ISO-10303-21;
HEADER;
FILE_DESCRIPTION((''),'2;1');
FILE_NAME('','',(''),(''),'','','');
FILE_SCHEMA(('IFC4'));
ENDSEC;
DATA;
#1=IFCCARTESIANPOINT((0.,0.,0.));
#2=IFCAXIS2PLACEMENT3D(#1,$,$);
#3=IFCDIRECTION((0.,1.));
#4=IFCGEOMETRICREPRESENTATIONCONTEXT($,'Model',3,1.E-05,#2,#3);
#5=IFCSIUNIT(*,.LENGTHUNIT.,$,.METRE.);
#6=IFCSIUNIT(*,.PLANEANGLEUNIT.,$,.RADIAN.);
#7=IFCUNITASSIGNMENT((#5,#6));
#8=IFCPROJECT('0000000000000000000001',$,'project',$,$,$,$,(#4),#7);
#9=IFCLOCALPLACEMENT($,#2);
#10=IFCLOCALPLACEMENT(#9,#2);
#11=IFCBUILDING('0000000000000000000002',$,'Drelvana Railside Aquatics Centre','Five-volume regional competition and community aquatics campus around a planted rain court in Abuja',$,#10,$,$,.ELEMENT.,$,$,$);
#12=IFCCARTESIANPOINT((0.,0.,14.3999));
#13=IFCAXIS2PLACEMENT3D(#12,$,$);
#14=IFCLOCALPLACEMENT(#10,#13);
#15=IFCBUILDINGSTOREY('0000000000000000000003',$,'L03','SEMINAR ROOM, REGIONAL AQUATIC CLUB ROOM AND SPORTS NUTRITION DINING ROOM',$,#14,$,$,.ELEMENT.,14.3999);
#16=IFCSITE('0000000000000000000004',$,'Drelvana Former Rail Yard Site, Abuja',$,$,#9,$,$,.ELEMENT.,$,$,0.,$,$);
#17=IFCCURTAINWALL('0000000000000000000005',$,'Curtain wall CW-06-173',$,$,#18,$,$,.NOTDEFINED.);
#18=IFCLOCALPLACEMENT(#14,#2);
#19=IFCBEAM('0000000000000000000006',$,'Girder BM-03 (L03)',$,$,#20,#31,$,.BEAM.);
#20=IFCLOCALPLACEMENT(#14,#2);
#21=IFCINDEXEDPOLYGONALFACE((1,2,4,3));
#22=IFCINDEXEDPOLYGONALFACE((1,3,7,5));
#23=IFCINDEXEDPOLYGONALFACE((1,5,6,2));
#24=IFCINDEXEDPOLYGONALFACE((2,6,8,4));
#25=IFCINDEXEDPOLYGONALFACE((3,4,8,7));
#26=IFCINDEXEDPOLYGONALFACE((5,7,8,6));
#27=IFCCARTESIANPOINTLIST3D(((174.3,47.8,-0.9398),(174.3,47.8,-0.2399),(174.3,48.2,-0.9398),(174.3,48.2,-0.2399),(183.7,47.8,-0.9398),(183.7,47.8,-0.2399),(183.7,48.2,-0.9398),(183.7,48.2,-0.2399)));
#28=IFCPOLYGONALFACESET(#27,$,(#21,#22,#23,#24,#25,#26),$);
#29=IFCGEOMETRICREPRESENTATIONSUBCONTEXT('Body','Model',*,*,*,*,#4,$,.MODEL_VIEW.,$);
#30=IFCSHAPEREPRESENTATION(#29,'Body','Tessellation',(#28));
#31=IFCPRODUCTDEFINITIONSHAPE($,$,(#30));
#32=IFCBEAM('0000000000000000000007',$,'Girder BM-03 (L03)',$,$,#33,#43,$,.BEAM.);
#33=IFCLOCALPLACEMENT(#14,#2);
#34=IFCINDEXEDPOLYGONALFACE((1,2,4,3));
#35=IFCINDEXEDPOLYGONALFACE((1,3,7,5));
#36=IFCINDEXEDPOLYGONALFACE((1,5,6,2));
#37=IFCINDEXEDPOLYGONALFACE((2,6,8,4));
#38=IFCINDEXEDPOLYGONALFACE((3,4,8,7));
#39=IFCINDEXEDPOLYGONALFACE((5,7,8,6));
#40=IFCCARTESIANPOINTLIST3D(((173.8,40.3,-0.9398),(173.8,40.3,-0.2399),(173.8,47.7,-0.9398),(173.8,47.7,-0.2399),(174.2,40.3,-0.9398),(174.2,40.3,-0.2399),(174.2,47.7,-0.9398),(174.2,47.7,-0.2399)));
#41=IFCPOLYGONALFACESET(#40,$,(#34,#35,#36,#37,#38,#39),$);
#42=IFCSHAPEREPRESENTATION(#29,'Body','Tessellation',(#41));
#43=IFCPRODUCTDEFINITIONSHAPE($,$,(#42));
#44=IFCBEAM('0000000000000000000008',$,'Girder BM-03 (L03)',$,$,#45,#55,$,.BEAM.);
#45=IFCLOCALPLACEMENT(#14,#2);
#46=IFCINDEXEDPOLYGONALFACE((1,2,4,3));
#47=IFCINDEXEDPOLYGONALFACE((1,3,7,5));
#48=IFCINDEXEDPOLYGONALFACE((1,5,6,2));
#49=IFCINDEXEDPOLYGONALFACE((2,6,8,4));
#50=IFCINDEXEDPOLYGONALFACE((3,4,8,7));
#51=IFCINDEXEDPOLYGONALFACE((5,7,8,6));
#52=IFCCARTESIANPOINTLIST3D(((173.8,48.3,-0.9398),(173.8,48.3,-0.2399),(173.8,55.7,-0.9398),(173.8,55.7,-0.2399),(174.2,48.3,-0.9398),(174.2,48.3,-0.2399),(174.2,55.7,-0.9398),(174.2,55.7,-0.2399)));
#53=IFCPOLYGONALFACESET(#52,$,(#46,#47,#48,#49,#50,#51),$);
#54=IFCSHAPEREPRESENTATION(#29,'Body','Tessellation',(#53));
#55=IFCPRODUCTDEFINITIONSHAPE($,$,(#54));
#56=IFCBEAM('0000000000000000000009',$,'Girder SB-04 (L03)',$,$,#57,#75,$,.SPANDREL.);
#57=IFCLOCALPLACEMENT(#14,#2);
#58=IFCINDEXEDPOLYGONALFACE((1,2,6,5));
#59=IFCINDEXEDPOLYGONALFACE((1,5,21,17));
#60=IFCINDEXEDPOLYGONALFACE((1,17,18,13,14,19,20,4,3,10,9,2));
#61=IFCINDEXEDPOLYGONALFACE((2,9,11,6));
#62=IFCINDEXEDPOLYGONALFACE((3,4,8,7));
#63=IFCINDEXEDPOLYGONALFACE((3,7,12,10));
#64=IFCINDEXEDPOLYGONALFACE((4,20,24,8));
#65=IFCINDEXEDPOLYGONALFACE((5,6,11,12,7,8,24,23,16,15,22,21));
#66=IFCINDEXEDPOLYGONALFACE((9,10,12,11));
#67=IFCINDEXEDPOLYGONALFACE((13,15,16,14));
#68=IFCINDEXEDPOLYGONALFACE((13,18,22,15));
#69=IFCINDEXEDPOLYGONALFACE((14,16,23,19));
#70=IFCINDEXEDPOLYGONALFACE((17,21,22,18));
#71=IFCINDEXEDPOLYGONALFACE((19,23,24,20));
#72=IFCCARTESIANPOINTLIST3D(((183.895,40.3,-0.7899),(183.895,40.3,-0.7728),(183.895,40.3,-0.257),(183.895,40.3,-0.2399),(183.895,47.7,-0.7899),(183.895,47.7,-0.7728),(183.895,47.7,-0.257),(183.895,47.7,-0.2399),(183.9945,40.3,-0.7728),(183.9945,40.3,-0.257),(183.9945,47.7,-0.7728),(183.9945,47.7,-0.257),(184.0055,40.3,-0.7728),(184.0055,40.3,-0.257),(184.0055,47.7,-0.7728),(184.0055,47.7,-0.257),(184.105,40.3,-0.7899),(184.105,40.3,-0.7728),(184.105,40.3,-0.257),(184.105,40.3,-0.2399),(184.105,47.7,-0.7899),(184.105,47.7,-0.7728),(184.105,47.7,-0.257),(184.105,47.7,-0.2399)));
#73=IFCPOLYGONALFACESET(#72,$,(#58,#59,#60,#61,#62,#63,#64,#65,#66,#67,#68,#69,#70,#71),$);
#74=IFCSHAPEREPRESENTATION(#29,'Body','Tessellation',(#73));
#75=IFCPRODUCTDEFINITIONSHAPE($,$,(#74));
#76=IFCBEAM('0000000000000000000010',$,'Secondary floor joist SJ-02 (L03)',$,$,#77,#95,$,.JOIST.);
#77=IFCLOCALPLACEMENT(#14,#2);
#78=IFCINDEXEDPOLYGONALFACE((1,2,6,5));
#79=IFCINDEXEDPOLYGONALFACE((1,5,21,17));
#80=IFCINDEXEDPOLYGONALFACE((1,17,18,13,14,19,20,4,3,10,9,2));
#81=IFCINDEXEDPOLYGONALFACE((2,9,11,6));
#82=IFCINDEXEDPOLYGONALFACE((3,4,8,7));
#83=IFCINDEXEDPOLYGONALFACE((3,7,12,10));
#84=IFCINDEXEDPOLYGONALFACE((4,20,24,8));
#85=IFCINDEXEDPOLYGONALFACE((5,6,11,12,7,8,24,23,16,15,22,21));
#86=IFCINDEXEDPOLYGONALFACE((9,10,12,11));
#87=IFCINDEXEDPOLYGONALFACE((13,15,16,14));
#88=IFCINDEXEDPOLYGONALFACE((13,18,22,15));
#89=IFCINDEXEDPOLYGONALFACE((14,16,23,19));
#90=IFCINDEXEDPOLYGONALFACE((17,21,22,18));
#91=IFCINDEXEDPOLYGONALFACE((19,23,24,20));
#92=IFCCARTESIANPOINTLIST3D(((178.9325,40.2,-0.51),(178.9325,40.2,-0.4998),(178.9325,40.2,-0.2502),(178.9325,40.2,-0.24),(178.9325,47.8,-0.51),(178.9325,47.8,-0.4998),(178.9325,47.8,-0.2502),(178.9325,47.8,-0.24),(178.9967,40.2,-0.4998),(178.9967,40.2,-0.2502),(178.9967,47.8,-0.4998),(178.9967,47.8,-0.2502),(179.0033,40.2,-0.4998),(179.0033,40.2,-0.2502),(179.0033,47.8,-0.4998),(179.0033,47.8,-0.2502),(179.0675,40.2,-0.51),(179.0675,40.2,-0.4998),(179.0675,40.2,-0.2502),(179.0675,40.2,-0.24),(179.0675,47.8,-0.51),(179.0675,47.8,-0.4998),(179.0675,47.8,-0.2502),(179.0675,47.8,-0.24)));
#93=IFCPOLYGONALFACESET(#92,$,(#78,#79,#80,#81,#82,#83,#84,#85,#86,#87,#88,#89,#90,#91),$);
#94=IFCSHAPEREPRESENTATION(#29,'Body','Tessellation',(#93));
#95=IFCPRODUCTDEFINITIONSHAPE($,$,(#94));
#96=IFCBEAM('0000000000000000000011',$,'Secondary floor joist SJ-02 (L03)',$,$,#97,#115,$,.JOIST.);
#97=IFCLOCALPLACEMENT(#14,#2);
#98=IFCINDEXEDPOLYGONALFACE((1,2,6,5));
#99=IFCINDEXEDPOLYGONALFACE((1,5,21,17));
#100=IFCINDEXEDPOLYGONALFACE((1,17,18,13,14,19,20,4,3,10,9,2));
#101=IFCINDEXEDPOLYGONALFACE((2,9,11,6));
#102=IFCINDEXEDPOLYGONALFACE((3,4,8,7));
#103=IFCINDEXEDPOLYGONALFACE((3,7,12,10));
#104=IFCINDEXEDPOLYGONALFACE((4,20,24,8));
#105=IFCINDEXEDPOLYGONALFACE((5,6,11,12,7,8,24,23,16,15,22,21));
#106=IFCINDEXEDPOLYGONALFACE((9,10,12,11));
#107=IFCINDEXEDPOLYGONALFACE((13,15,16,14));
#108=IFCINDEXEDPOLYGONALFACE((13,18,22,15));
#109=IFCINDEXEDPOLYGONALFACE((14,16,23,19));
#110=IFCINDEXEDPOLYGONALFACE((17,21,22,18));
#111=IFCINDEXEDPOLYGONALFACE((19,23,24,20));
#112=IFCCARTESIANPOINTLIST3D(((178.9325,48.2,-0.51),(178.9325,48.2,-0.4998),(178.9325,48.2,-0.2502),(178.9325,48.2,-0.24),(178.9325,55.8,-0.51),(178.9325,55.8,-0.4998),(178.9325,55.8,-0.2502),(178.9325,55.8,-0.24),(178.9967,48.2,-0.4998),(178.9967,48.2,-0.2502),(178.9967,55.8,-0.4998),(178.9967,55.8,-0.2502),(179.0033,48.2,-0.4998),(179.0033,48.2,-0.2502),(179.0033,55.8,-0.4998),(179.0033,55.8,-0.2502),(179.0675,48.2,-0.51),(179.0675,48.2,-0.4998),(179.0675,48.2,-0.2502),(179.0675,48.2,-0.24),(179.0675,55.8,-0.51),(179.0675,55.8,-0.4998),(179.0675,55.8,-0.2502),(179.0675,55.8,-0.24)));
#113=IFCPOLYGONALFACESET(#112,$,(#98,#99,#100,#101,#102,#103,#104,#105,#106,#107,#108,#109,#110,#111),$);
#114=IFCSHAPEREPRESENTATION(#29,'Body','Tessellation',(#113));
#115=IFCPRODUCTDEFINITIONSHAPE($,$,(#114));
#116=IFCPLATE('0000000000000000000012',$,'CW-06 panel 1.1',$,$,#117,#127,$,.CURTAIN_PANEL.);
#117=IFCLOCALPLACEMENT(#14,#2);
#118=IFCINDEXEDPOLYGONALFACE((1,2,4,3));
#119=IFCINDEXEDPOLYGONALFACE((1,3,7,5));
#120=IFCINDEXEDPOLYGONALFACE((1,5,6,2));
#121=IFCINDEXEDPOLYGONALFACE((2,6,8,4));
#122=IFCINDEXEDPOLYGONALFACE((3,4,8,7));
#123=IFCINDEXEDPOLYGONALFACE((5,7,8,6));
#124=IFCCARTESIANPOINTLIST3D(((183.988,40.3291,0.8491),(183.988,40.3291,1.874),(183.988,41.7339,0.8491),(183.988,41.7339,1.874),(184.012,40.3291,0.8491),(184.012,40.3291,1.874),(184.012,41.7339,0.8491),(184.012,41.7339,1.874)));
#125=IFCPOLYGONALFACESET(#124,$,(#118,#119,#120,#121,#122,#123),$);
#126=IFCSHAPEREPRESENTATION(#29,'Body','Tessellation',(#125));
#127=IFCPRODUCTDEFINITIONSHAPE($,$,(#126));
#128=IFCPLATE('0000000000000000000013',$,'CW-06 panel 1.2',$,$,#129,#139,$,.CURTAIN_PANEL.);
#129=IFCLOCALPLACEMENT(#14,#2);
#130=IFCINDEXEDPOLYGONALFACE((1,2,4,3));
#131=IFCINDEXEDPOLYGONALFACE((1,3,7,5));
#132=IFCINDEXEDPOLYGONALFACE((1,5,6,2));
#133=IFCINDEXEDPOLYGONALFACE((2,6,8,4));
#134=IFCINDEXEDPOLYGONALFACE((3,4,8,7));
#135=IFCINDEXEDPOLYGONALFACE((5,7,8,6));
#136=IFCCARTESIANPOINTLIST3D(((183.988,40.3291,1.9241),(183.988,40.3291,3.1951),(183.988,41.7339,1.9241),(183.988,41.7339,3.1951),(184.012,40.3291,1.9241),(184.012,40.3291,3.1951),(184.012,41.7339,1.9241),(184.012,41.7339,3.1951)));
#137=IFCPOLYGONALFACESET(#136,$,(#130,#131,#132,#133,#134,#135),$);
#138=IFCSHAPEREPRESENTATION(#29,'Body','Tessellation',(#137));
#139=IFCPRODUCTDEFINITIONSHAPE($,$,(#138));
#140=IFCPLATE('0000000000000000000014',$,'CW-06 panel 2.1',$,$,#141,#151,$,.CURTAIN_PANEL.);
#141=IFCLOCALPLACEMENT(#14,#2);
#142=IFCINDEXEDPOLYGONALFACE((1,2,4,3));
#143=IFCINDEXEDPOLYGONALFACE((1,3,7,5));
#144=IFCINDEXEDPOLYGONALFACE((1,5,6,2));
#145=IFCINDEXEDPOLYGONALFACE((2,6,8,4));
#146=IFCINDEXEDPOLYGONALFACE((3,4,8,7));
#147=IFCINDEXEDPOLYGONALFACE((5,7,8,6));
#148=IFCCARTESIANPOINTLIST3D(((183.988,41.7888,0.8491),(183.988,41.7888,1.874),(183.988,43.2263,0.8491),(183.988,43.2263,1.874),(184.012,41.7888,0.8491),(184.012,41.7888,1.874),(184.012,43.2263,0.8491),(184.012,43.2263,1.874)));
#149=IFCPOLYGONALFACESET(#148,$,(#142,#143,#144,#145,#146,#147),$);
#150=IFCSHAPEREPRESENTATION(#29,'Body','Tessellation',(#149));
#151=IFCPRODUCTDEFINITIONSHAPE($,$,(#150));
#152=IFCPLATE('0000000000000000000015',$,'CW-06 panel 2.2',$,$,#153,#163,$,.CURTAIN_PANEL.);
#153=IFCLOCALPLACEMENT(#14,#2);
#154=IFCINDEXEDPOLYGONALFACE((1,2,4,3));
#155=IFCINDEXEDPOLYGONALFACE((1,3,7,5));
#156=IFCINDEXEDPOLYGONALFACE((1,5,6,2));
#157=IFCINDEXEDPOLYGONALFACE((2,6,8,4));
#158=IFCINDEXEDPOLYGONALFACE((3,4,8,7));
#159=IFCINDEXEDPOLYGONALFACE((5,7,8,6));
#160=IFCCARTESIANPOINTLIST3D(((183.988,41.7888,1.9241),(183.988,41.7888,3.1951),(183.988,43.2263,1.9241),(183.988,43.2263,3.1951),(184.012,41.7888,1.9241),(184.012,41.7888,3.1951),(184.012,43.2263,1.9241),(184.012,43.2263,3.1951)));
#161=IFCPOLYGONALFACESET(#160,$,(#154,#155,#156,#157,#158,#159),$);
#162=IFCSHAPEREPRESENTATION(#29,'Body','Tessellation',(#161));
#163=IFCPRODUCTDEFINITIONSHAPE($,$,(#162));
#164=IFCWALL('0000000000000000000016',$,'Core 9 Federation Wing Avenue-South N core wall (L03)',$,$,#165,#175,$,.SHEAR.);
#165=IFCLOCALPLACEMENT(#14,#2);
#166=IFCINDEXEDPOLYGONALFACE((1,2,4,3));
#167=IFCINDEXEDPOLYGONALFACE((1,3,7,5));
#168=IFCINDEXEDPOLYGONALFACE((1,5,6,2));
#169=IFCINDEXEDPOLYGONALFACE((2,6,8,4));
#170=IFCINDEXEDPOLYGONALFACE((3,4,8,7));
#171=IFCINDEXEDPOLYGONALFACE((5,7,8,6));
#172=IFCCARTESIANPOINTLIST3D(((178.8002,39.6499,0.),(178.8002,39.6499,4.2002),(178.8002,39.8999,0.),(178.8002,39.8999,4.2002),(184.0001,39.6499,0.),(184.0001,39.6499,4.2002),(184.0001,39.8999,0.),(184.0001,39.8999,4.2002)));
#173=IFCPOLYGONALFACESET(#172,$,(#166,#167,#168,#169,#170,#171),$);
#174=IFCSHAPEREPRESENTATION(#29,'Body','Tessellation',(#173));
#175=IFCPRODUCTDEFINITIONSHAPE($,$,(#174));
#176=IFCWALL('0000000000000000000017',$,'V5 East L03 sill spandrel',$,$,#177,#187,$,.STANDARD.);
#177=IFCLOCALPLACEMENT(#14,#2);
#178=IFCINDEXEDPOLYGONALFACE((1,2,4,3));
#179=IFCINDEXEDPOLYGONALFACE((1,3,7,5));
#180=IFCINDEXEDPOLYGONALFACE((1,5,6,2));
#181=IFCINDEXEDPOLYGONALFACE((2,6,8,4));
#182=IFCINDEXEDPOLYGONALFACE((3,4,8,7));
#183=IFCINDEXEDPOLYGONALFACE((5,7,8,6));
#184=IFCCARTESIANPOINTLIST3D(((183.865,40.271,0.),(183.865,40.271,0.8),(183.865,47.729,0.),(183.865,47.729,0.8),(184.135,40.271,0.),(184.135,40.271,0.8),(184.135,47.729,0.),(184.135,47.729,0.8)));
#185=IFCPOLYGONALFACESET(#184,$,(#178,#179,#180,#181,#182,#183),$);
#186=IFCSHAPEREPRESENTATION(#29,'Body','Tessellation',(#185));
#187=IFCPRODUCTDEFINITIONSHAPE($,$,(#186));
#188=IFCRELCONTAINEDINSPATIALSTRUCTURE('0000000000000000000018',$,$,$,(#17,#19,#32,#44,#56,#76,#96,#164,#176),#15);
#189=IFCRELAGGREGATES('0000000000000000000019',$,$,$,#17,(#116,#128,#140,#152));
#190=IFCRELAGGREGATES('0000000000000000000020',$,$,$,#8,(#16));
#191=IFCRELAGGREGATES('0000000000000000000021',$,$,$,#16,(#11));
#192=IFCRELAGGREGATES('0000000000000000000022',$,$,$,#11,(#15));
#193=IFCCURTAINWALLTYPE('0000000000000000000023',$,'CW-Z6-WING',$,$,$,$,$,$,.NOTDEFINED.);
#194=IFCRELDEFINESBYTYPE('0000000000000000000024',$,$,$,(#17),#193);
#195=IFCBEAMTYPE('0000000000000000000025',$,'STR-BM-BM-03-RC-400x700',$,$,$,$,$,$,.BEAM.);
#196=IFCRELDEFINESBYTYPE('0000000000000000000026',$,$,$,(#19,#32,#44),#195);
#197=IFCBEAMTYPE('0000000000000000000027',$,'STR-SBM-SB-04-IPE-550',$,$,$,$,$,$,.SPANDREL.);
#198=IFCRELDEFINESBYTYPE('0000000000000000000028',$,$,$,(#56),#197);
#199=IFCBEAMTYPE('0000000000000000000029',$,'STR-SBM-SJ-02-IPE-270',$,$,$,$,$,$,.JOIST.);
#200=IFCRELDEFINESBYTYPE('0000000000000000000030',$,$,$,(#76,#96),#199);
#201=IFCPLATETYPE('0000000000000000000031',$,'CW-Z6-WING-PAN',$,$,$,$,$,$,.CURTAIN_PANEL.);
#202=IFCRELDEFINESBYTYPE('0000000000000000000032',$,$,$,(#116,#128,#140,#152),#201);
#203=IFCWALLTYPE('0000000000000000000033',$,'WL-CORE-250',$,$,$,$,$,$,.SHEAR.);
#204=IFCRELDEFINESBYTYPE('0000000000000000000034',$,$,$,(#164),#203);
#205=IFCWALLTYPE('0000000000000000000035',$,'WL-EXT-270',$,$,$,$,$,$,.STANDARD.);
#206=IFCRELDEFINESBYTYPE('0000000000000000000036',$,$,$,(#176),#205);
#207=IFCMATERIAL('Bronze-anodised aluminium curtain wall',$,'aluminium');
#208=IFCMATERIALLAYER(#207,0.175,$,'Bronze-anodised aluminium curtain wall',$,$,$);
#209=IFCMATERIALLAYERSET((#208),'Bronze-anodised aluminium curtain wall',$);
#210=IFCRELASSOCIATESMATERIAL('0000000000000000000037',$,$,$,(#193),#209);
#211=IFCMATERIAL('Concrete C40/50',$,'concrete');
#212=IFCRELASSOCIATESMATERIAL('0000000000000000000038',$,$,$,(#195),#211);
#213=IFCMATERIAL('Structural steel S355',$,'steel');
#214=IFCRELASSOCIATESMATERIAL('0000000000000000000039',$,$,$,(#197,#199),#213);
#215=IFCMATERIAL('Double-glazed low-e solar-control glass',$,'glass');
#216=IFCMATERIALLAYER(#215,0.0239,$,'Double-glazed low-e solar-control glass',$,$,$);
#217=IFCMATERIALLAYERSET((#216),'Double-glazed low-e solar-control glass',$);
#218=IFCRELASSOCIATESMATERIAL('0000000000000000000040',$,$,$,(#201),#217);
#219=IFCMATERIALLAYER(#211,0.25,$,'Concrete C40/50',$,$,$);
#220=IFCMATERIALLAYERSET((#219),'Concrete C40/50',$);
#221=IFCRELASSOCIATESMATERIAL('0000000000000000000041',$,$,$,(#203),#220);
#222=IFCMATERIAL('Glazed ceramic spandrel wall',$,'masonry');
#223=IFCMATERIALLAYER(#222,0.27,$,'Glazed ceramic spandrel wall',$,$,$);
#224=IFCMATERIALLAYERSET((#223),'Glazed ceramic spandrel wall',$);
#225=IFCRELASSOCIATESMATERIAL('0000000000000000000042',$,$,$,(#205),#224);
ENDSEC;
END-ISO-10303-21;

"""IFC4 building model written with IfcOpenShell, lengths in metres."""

from ifc_helpers import new_model, si_unit, direction, frame, frame_2d, origin, origin_2d, place, context, subcontext, project, spatial, rectangle, i_section, extrude, material, layer, layer_set, material_profile, profile_set, type_object, element, aggregate, save


model = new_model("IFC4")

# Units and contexts
model_context = context("Model", 3, precision=1e-05, world=origin(), true_north=direction((0.0, 1.0)))
body_context = subcontext(model_context, "Body", "Model", "MODEL_VIEW")
ifc_project = project(units=[si_unit("LENGTHUNIT", "METRE"), si_unit("PLANEANGLEUNIT", "RADIAN")], contexts=[model_context])

# Site, building, storey
site_placement = place(None, origin())
site = spatial("IfcSite", under=ifc_project, at=site_placement, Name="Drelvana Former Rail Yard Site, Abuja", CompositionType="ELEMENT", RefElevation=0.0)
building_placement = place(site_placement, origin())
building = spatial("IfcBuilding", under=site, at=building_placement, Name="Drelvana Railside Aquatics Centre", Description="Five-volume regional competition and community aquatics campus around a planted rain court in Abuja", CompositionType="ELEMENT")
storey_placement = place(building_placement, frame((0.0, 0.0, 14.3999)))
storey = spatial("IfcBuildingStorey", under=building, at=storey_placement, Name="L03", Description="SEMINAR ROOM, REGIONAL AQUATIC CLUB ROOM AND SPORTS NUTRITION DINING ROOM", CompositionType="ELEMENT", Elevation=14.3999)

# Shared definitions
ifc_material_1 = material(Name="Concrete C40/50", Category="concrete")

# Curtain wall
ifc_material_2 = material(Name="Bronze-anodised aluminium curtain wall", Category="aluminium")
ifc_layer_1 = layer(ifc_material_2, 0.175, Name="Bronze-anodised aluminium curtain wall")
ifc_layer_set_1 = layer_set([ifc_layer_1], Name="Bronze-anodised aluminium curtain wall")
curtain_wall_type = type_object("IfcCurtainWallType", Name="CW-Z6-WING", PredefinedType="NOTDEFINED", material=ifc_layer_set_1)
curtain_wall_placement = place(storey_placement, origin())
curtain_wall = element("IfcCurtainWall", 1, at=curtain_wall_placement, inside=storey, type_object=curtain_wall_type, Name="Curtain wall CW-06-173", PredefinedType="NOTDEFINED")

# Beams
ifc_material_profile_1 = material_profile(ifc_material_1, rectangle(XDim=0.3999, YDim=0.7, at=origin_2d()), Name="RC 400x700")
ifc_profile_set_1 = profile_set([ifc_material_profile_1], Name="Concrete C40/50")
beam_type_1 = type_object("IfcBeamType", Name="STR-BM-BM-03-RC-400x700", PredefinedType="BEAM", material=ifc_profile_set_1)
for number, where, z_axis, x_axis, name in (
    (2, (174.3, 48.0, -0.5898), (1.0, 0.0, 0.0), (0.0, 1.0, 0.0), "Girder BM-03 (L03)"),
):
    element("IfcBeam", number, at=place(storey_placement, frame(where, z_axis=z_axis, x_axis=x_axis)), inside=storey, type_object=beam_type_1, Name=name, PredefinedType="BEAM", context=body_context, shape_type="SweptSolid", body=[
        extrude(rectangle(XDim=0.3999, YDim=0.7, at=origin_2d()), origin(), (0.0, 0.0, 1.0), 9.3999),
    ])
for number, where, z_axis, x_axis, name in (
    (3, (174.0, 40.3, -0.5898), (0.0, 1.0, 0.0), (-1.0, 0.0, 0.0), "Girder BM-03 (L03)"),
    (4, (174.0, 48.3, -0.5898), (0.0, 1.0, 0.0), (-1.0, 0.0, 0.0), "Girder BM-03 (L03)"),
):
    element("IfcBeam", number, at=place(storey_placement, frame(where, z_axis=z_axis, x_axis=x_axis)), inside=storey, type_object=beam_type_1, Name=name, PredefinedType="BEAM", context=body_context, shape_type="SweptSolid", body=[
        extrude(rectangle(XDim=0.3999, YDim=0.7, at=origin_2d()), origin(), (0.0, 0.0, 1.0), 7.3999),
    ])
ifc_material_3 = material(Name="Structural steel S355", Category="steel")
ifc_material_profile_2 = material_profile(ifc_material_3, i_section(OverallWidth=0.21, OverallDepth=0.55, WebThickness=0.011, FlangeThickness=0.0171, at=origin_2d()), Name="IPE 550")
ifc_profile_set_2 = profile_set([ifc_material_profile_2], Name="Structural steel S355")
beam_type_2 = type_object("IfcBeamType", Name="STR-SBM-SB-04-IPE-550", PredefinedType="SPANDREL", material=ifc_profile_set_2)
beam_1_placement = place(storey_placement, frame((184.0, 40.3, -0.5149), z_axis=(0.0, 1.0, 0.0), x_axis=(-1.0, 0.0, 0.0)))
element("IfcBeam", 5, at=beam_1_placement, inside=storey, type_object=beam_type_2, Name="Girder SB-04 (L03)", PredefinedType="SPANDREL", context=body_context, shape_type="SweptSolid", body=[
    extrude(i_section(OverallWidth=0.21, OverallDepth=0.55, WebThickness=0.011, FlangeThickness=0.0171, at=origin_2d()), origin(), (0.0, 0.0, 1.0), 7.3999),
])
ifc_material_profile_3 = material_profile(ifc_material_3, i_section(OverallWidth=0.135, OverallDepth=0.27, WebThickness=0.0066, FlangeThickness=0.0103, at=origin_2d()), Name="IPE 270")
ifc_profile_set_3 = profile_set([ifc_material_profile_3], Name="Structural steel S355")
beam_type_3 = type_object("IfcBeamType", Name="STR-SBM-SJ-02-IPE-270", PredefinedType="JOIST", material=ifc_profile_set_3)
for number, where, z_axis, x_axis, name in (
    (6, (179.0, 40.2, -0.375), (0.0, 1.0, 0.0), (-1.0, 0.0, 0.0), "Secondary floor joist SJ-02 (L03)"),
    (7, (179.0, 48.2, -0.375), (0.0, 1.0, 0.0), (-1.0, 0.0, 0.0), "Secondary floor joist SJ-02 (L03)"),
):
    element("IfcBeam", number, at=place(storey_placement, frame(where, z_axis=z_axis, x_axis=x_axis)), inside=storey, type_object=beam_type_3, Name=name, PredefinedType="JOIST", context=body_context, shape_type="SweptSolid", body=[
        extrude(i_section(OverallWidth=0.135, OverallDepth=0.27, WebThickness=0.0066, FlangeThickness=0.0103, at=origin_2d()), origin(), (0.0, 0.0, 1.0), 7.6001),
    ])

# Plates
ifc_material_4 = material(Name="Double-glazed low-e solar-control glass", Category="glass")
ifc_layer_2 = layer(ifc_material_4, 0.0239, Name="Double-glazed low-e solar-control glass")
ifc_layer_set_2 = layer_set([ifc_layer_2], Name="Double-glazed low-e solar-control glass")
plate_type = type_object("IfcPlateType", Name="CW-Z6-WING-PAN", PredefinedType="CURTAIN_PANEL", material=ifc_layer_set_2)
plate_1_placement = place(storey_placement, frame((184.0, 41.0315, 0.8491), z_axis=(0.0, 0.0, 1.0), x_axis=(0.0, 1.0, 0.0)))
plate_1 = element("IfcPlate", 8, at=plate_1_placement, type_object=plate_type, Name="CW-06 panel 1.1", PredefinedType="CURTAIN_PANEL", context=body_context, shape_type="SweptSolid", body=[
    extrude(rectangle(XDim=1.4048, YDim=0.0239, at=origin_2d()), origin(), (0.0, 0.0, 1.0), 1.0249),
])
plate_2_placement = place(storey_placement, frame((184.0, 41.0315, 1.9241), z_axis=(0.0, 0.0, 1.0), x_axis=(0.0, 1.0, 0.0)))
plate_2 = element("IfcPlate", 9, at=plate_2_placement, type_object=plate_type, Name="CW-06 panel 1.2", PredefinedType="CURTAIN_PANEL", context=body_context, shape_type="SweptSolid", body=[
    extrude(rectangle(XDim=1.4048, YDim=0.0239, at=origin_2d()), origin(), (0.0, 0.0, 1.0), 1.271),
])
plate_3_placement = place(storey_placement, frame((184.0, 42.5076, 0.8491), z_axis=(0.0, 0.0, 1.0), x_axis=(0.0, 1.0, 0.0)))
plate_3 = element("IfcPlate", 10, at=plate_3_placement, type_object=plate_type, Name="CW-06 panel 2.1", PredefinedType="CURTAIN_PANEL", context=body_context, shape_type="SweptSolid", body=[
    extrude(rectangle(XDim=1.4375, YDim=0.0239, at=origin_2d()), origin(), (0.0, 0.0, 1.0), 1.0249),
])
plate_4_placement = place(storey_placement, frame((184.0, 42.5076, 1.9241), z_axis=(0.0, 0.0, 1.0), x_axis=(0.0, 1.0, 0.0)))
plate_4 = element("IfcPlate", 11, at=plate_4_placement, type_object=plate_type, Name="CW-06 panel 2.2", PredefinedType="CURTAIN_PANEL", context=body_context, shape_type="SweptSolid", body=[
    extrude(rectangle(XDim=1.4375, YDim=0.0239, at=origin_2d()), origin(), (0.0, 0.0, 1.0), 1.271),
])
aggregate(curtain_wall, [plate_1, plate_2, plate_3, plate_4])

# Walls
ifc_layer_3 = layer(ifc_material_1, 0.25, Name="Concrete C40/50")
ifc_layer_set_3 = layer_set([ifc_layer_3], Name="Concrete C40/50")
wall_type_1 = type_object("IfcWallType", Name="WL-CORE-250", PredefinedType="SHEAR", material=ifc_layer_set_3)
wall_1_placement = place(storey_placement, frame((178.8, 39.7749, 0.0), z_axis=(0.0, 0.0, 1.0), x_axis=(1.0, 0.0, 0.0)))
element("IfcWall", 12, at=wall_1_placement, inside=storey, type_object=wall_type_1, Name="Core 9 Federation Wing Avenue-South N core wall (L03)", PredefinedType="SHEAR", context=body_context, shape_type="SweptSolid", body=[
    extrude(rectangle(XDim=5.2, YDim=0.25, at=frame_2d((2.6001, 0.0))), origin(), (0.0, 0.0, 1.0), 4.2002),
])
ifc_material_5 = material(Name="Glazed ceramic spandrel wall", Category="masonry")
ifc_layer_4 = layer(ifc_material_5, 0.27, Name="Glazed ceramic spandrel wall")
ifc_layer_set_4 = layer_set([ifc_layer_4], Name="Glazed ceramic spandrel wall")
wall_type_2 = type_object("IfcWallType", Name="WL-EXT-270", PredefinedType="STANDARD", material=ifc_layer_set_4)
wall_2_placement = place(storey_placement, frame((184.0, 40.271, 0.0), z_axis=(0.0, 0.0, 1.0), x_axis=(0.0, 1.0, 0.0)))
element("IfcWall", 13, at=wall_2_placement, inside=storey, type_object=wall_type_2, Name="V5 East L03 sill spandrel", PredefinedType="STANDARD", context=body_context, shape_type="SweptSolid", body=[
    extrude(rectangle(XDim=7.458, YDim=0.27, at=frame_2d((3.729, 0.0))), origin(), (0.0, 0.0, 1.0), 0.8),
])

save(model, "model.ifc")
